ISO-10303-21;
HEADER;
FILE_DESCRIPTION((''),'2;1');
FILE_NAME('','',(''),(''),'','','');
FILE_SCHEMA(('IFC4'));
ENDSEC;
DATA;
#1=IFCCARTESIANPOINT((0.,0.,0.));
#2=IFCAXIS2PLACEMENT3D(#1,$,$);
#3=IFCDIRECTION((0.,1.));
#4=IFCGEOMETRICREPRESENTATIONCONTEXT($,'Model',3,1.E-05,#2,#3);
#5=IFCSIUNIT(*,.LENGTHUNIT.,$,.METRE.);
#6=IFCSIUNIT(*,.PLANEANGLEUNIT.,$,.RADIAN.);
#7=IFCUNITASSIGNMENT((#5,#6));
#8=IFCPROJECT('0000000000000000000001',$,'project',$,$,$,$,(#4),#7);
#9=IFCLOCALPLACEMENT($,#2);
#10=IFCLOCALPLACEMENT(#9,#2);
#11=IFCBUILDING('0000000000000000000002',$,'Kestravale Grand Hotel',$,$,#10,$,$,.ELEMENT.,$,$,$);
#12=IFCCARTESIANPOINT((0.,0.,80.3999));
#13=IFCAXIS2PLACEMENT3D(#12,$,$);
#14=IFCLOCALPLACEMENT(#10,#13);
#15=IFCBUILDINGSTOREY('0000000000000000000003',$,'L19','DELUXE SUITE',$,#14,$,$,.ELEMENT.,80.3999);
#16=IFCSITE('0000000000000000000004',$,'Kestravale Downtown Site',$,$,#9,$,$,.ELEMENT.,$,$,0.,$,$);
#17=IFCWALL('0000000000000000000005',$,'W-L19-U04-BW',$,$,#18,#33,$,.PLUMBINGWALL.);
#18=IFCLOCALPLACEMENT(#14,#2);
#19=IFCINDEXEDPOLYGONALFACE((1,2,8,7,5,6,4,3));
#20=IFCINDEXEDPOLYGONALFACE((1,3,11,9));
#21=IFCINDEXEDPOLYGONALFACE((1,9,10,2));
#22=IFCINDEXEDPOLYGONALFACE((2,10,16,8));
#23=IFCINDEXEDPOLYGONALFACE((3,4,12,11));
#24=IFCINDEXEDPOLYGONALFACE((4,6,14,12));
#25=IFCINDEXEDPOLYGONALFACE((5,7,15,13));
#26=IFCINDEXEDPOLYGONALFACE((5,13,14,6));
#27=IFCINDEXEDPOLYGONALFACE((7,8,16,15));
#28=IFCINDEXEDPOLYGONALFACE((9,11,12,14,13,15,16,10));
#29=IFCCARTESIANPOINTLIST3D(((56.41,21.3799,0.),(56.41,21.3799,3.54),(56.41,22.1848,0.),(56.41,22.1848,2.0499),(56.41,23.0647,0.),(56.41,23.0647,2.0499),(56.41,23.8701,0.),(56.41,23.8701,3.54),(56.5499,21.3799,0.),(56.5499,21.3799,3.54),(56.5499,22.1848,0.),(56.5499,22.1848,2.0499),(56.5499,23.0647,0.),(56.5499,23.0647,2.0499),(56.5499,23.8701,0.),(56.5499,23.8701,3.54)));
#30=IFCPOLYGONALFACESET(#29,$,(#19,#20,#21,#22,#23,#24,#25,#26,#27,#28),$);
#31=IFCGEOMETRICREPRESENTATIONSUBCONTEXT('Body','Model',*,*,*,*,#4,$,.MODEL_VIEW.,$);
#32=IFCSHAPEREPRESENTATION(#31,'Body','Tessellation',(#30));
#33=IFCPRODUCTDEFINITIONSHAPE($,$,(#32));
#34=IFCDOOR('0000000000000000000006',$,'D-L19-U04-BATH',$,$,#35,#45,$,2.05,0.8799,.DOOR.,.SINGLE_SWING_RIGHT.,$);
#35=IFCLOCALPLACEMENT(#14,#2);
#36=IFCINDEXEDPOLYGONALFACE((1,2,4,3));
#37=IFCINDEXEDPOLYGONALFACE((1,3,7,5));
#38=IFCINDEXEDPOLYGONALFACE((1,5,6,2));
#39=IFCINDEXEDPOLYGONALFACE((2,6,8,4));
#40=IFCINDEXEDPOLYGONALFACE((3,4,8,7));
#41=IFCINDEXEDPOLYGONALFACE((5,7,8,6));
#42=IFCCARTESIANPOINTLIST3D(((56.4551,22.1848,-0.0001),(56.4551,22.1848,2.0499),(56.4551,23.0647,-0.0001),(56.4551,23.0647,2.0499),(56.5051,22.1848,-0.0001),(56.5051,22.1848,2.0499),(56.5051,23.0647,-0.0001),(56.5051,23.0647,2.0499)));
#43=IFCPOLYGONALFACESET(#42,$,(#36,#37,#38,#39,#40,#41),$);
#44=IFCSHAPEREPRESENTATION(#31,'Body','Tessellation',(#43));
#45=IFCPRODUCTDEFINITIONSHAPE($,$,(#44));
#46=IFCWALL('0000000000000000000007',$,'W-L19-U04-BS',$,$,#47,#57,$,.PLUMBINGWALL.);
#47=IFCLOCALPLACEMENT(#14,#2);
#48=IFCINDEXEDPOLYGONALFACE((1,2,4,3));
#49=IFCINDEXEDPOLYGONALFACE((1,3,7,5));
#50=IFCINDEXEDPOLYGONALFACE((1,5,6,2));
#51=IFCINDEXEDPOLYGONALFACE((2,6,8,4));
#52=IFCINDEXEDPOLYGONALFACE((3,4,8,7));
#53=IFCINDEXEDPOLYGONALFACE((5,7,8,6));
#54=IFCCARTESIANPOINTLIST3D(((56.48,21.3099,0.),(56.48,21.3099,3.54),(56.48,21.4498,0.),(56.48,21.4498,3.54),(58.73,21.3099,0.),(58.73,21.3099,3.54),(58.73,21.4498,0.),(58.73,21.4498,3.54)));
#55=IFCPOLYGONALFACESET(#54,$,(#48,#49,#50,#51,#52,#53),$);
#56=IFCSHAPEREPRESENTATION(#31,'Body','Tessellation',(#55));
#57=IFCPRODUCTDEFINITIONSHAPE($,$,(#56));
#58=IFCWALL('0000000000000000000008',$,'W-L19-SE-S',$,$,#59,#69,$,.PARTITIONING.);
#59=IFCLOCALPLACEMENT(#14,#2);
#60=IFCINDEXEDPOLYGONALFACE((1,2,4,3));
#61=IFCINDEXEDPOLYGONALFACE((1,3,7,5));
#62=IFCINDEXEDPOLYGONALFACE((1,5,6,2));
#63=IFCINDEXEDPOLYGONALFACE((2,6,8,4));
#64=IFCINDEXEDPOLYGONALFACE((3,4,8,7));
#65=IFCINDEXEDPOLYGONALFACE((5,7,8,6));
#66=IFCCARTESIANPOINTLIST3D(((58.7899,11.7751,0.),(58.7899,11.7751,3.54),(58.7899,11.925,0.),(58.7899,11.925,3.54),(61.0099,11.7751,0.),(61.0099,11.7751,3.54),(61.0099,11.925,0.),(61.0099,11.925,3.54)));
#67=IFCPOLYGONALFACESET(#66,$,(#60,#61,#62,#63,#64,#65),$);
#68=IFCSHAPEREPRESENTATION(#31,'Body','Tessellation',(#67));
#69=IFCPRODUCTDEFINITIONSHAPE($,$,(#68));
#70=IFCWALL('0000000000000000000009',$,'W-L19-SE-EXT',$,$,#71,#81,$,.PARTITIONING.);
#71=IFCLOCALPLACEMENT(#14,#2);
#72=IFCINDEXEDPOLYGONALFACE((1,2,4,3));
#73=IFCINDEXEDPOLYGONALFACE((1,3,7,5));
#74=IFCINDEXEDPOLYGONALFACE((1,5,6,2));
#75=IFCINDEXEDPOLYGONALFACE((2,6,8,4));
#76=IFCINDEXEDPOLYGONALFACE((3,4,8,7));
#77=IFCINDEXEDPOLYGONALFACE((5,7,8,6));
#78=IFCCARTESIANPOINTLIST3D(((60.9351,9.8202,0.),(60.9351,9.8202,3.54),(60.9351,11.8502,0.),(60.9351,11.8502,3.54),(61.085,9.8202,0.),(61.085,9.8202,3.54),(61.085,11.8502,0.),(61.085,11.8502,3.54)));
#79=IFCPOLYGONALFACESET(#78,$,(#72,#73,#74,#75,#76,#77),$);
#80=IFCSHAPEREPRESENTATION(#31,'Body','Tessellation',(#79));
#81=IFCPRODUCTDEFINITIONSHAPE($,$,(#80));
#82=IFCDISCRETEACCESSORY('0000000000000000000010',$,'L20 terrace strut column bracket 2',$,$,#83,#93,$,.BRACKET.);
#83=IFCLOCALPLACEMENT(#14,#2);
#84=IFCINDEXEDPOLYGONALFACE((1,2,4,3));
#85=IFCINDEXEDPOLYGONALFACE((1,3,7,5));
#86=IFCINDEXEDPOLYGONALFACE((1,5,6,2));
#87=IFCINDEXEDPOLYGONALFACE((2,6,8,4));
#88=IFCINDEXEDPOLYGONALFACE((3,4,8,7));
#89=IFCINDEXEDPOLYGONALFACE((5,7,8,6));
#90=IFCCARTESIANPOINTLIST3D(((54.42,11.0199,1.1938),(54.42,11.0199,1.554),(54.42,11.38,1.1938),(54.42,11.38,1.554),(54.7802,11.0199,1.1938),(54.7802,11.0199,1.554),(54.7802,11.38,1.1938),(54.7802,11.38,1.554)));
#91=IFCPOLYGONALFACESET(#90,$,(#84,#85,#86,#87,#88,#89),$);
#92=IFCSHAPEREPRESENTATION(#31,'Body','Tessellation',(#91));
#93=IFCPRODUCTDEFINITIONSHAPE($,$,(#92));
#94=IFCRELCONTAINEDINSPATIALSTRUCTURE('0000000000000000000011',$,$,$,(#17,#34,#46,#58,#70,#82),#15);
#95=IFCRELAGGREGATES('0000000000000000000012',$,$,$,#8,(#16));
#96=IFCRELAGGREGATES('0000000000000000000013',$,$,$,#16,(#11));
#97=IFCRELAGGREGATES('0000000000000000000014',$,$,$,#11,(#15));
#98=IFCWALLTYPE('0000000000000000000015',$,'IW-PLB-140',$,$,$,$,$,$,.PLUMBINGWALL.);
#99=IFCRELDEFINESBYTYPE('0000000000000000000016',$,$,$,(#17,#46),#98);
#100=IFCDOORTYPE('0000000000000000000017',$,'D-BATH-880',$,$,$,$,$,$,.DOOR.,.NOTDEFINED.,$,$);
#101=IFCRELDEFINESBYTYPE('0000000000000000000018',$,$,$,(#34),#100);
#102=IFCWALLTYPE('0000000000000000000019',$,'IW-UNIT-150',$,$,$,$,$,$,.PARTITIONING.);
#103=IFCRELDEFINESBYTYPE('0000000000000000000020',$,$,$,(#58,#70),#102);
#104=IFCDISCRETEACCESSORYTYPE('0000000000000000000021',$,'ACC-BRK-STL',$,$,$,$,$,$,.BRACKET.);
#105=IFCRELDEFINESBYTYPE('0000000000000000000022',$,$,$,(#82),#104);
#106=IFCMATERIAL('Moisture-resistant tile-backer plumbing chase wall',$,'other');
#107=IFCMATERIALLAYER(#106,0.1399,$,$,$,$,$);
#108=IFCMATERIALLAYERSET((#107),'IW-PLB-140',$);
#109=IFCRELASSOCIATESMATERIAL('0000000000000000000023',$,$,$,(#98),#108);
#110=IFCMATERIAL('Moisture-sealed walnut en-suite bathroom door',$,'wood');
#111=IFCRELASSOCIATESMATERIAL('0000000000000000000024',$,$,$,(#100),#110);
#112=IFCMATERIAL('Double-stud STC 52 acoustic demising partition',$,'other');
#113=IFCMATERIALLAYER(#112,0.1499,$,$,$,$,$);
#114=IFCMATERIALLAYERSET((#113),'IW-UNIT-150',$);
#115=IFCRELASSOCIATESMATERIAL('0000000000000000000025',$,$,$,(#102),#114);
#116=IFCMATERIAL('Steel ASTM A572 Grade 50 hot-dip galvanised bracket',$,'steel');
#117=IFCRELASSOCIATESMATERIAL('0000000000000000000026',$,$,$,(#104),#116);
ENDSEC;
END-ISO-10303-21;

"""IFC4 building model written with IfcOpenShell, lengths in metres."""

from ifc_helpers import new_model, si_unit, direction, frame, frame_2d, origin, origin_2d, place, context, subcontext, project, spatial, rectangle, extrude, material, layer, layer_set, type_object, element, fill, save


model = new_model("IFC4")

# Units and contexts
model_context = context("Model", 3, precision=1e-05, world=origin(), true_north=direction((0.0, 1.0)))
body_context = subcontext(model_context, "Body", "Model", "MODEL_VIEW")
ifc_project = project(units=[si_unit("LENGTHUNIT", "METRE"), si_unit("PLANEANGLEUNIT", "RADIAN")], contexts=[model_context])

# Site, building, storey
site_placement = place(None, origin())
site = spatial("IfcSite", under=ifc_project, at=site_placement, Name="Kestravale Downtown Site", CompositionType="ELEMENT", RefElevation=0.0)
building_placement = place(site_placement, origin())
building = spatial("IfcBuilding", under=site, at=building_placement, Name="Kestravale Grand Hotel", CompositionType="ELEMENT")
storey_placement = place(building_placement, frame((0.0, 0.0, 80.3999)))
storey = spatial("IfcBuildingStorey", under=building, at=storey_placement, Name="L19", Description="DELUXE SUITE", CompositionType="ELEMENT", Elevation=80.3999)

# Wall, opening, door
ifc_material_1 = material(Name="Moisture-resistant tile-backer plumbing chase wall", Category="other")
ifc_layer_1 = layer(ifc_material_1, 0.1399)
ifc_layer_set_1 = layer_set([ifc_layer_1], Name="IW-PLB-140")
wall_type_1 = type_object("IfcWallType", Name="IW-PLB-140", PredefinedType="PLUMBINGWALL", material=ifc_layer_set_1)
wall_1_placement = place(storey_placement, frame((56.48, 21.3799, 0.0), z_axis=(0.0, 0.0, 1.0), x_axis=(0.0, 1.0, 0.0)))
wall_1 = element("IfcWall", 1, at=wall_1_placement, inside=storey, type_object=wall_type_1, Name="W-L19-U04-BW", PredefinedType="PLUMBINGWALL", context=body_context, shape_type="SweptSolid", body=[
    extrude(rectangle(XDim=2.4902, YDim=0.1399, at=frame_2d((1.2451, 0.0))), origin(), (0.0, 0.0, 1.0), 3.54),
])
opening_1_placement = place(wall_1_placement, frame((0.8049, 0.0, 0.0)))
opening_1 = element("IfcOpeningElement", 2, at=opening_1_placement, cuts=wall_1, PredefinedType="OPENING", context=body_context, shape_type="SweptSolid", body=[
    extrude(rectangle(XDim=0.8799, YDim=2.05, at=frame_2d((0.4399, 1.0249))), frame((0.0, 0.0798, 0.0), z_axis=(0.0, -1.0, 0.0), x_axis=(1.0, 0.0, 0.0)), (0.0, 0.0, 1.0), 0.1599),
])
ifc_material_2 = material(Name="Moisture-sealed walnut en-suite bathroom door", Category="wood")
door_type_1 = type_object("IfcDoorType", Name="D-BATH-880", OperationType="NOTDEFINED", PredefinedType="DOOR", material=ifc_material_2)
door_1_placement = place(opening_1_placement, origin())
door_1 = element("IfcDoor", 3, at=door_1_placement, inside=storey, type_object=door_type_1, Name="D-L19-U04-BATH", OperationType="SINGLE_SWING_RIGHT", OverallHeight=2.05, OverallWidth=0.8799, PredefinedType="DOOR", context=body_context, shape_type="SweptSolid", body=[
    extrude(rectangle(XDim=0.8799, YDim=2.05, at=frame_2d((0.4399, 1.0249))), frame((0.0, 0.0249, 0.0), z_axis=(0.0, -1.0, 0.0), x_axis=(1.0, 0.0, 0.0)), (0.0, 0.0, 1.0), 0.05),
])
fill(opening_1, door_1)

# Walls
wall_2_placement = place(storey_placement, frame((56.48, 21.3799, 0.0), z_axis=(0.0, 0.0, 1.0), x_axis=(1.0, 0.0, 0.0)))
element("IfcWall", 4, at=wall_2_placement, inside=storey, type_object=wall_type_1, Name="W-L19-U04-BS", PredefinedType="PLUMBINGWALL", context=body_context, shape_type="SweptSolid", body=[
    extrude(rectangle(XDim=2.25, YDim=0.1399, at=frame_2d((1.125, 0.0))), origin(), (0.0, 0.0, 1.0), 3.54),
])
ifc_material_3 = material(Name="Double-stud STC 52 acoustic demising partition", Category="other")
ifc_layer_2 = layer(ifc_material_3, 0.1499)
ifc_layer_set_2 = layer_set([ifc_layer_2], Name="IW-UNIT-150")
wall_type_2 = type_object("IfcWallType", Name="IW-UNIT-150", PredefinedType="PARTITIONING", material=ifc_layer_set_2)
wall_3_placement = place(storey_placement, frame((58.79, 11.8501, 0.0), z_axis=(0.0, 0.0, 1.0), x_axis=(1.0, 0.0, 0.0)))
element("IfcWall", 5, at=wall_3_placement, inside=storey, type_object=wall_type_2, Name="W-L19-SE-S", PredefinedType="PARTITIONING", context=body_context, shape_type="SweptSolid", body=[
    extrude(rectangle(XDim=2.22, YDim=0.1499, at=frame_2d((1.1099, 0.0))), origin(), (0.0, 0.0, 1.0), 3.54),
])
wall_4_placement = place(storey_placement, frame((61.01, 9.8201, 0.0), z_axis=(0.0, 0.0, 1.0), x_axis=(0.0, 1.0, 0.0)))
element("IfcWall", 6, at=wall_4_placement, inside=storey, type_object=wall_type_2, Name="W-L19-SE-EXT", PredefinedType="PARTITIONING", context=body_context, shape_type="SweptSolid", body=[
    extrude(rectangle(XDim=2.03, YDim=0.1499, at=frame_2d((1.0151, 0.0))), origin(), (0.0, 0.0, 1.0), 3.54),
])

# Discrete accessory
ifc_material_4 = material(Name="Steel ASTM A572 Grade 50 hot-dip galvanised bracket", Category="steel")
discrete_accessory_type = type_object("IfcDiscreteAccessoryType", Name="ACC-BRK-STL", PredefinedType="BRACKET", material=ifc_material_4)
discrete_accessory_placement = place(storey_placement, frame((54.6001, 11.2, 1.1938), z_axis=(0.0, 0.0, 1.0), x_axis=(1.0, 0.0, 0.0)))
element("IfcDiscreteAccessory", 7, at=discrete_accessory_placement, inside=storey, type_object=discrete_accessory_type, Name="L20 terrace strut column bracket 2", PredefinedType="BRACKET", context=body_context, shape_type="SweptSolid", body=[
    extrude(rectangle(XDim=0.3601, YDim=0.3601, at=origin_2d()), origin(), (0.0, 0.0, 1.0), 0.3601),
])

save(model, "model.ifc")
